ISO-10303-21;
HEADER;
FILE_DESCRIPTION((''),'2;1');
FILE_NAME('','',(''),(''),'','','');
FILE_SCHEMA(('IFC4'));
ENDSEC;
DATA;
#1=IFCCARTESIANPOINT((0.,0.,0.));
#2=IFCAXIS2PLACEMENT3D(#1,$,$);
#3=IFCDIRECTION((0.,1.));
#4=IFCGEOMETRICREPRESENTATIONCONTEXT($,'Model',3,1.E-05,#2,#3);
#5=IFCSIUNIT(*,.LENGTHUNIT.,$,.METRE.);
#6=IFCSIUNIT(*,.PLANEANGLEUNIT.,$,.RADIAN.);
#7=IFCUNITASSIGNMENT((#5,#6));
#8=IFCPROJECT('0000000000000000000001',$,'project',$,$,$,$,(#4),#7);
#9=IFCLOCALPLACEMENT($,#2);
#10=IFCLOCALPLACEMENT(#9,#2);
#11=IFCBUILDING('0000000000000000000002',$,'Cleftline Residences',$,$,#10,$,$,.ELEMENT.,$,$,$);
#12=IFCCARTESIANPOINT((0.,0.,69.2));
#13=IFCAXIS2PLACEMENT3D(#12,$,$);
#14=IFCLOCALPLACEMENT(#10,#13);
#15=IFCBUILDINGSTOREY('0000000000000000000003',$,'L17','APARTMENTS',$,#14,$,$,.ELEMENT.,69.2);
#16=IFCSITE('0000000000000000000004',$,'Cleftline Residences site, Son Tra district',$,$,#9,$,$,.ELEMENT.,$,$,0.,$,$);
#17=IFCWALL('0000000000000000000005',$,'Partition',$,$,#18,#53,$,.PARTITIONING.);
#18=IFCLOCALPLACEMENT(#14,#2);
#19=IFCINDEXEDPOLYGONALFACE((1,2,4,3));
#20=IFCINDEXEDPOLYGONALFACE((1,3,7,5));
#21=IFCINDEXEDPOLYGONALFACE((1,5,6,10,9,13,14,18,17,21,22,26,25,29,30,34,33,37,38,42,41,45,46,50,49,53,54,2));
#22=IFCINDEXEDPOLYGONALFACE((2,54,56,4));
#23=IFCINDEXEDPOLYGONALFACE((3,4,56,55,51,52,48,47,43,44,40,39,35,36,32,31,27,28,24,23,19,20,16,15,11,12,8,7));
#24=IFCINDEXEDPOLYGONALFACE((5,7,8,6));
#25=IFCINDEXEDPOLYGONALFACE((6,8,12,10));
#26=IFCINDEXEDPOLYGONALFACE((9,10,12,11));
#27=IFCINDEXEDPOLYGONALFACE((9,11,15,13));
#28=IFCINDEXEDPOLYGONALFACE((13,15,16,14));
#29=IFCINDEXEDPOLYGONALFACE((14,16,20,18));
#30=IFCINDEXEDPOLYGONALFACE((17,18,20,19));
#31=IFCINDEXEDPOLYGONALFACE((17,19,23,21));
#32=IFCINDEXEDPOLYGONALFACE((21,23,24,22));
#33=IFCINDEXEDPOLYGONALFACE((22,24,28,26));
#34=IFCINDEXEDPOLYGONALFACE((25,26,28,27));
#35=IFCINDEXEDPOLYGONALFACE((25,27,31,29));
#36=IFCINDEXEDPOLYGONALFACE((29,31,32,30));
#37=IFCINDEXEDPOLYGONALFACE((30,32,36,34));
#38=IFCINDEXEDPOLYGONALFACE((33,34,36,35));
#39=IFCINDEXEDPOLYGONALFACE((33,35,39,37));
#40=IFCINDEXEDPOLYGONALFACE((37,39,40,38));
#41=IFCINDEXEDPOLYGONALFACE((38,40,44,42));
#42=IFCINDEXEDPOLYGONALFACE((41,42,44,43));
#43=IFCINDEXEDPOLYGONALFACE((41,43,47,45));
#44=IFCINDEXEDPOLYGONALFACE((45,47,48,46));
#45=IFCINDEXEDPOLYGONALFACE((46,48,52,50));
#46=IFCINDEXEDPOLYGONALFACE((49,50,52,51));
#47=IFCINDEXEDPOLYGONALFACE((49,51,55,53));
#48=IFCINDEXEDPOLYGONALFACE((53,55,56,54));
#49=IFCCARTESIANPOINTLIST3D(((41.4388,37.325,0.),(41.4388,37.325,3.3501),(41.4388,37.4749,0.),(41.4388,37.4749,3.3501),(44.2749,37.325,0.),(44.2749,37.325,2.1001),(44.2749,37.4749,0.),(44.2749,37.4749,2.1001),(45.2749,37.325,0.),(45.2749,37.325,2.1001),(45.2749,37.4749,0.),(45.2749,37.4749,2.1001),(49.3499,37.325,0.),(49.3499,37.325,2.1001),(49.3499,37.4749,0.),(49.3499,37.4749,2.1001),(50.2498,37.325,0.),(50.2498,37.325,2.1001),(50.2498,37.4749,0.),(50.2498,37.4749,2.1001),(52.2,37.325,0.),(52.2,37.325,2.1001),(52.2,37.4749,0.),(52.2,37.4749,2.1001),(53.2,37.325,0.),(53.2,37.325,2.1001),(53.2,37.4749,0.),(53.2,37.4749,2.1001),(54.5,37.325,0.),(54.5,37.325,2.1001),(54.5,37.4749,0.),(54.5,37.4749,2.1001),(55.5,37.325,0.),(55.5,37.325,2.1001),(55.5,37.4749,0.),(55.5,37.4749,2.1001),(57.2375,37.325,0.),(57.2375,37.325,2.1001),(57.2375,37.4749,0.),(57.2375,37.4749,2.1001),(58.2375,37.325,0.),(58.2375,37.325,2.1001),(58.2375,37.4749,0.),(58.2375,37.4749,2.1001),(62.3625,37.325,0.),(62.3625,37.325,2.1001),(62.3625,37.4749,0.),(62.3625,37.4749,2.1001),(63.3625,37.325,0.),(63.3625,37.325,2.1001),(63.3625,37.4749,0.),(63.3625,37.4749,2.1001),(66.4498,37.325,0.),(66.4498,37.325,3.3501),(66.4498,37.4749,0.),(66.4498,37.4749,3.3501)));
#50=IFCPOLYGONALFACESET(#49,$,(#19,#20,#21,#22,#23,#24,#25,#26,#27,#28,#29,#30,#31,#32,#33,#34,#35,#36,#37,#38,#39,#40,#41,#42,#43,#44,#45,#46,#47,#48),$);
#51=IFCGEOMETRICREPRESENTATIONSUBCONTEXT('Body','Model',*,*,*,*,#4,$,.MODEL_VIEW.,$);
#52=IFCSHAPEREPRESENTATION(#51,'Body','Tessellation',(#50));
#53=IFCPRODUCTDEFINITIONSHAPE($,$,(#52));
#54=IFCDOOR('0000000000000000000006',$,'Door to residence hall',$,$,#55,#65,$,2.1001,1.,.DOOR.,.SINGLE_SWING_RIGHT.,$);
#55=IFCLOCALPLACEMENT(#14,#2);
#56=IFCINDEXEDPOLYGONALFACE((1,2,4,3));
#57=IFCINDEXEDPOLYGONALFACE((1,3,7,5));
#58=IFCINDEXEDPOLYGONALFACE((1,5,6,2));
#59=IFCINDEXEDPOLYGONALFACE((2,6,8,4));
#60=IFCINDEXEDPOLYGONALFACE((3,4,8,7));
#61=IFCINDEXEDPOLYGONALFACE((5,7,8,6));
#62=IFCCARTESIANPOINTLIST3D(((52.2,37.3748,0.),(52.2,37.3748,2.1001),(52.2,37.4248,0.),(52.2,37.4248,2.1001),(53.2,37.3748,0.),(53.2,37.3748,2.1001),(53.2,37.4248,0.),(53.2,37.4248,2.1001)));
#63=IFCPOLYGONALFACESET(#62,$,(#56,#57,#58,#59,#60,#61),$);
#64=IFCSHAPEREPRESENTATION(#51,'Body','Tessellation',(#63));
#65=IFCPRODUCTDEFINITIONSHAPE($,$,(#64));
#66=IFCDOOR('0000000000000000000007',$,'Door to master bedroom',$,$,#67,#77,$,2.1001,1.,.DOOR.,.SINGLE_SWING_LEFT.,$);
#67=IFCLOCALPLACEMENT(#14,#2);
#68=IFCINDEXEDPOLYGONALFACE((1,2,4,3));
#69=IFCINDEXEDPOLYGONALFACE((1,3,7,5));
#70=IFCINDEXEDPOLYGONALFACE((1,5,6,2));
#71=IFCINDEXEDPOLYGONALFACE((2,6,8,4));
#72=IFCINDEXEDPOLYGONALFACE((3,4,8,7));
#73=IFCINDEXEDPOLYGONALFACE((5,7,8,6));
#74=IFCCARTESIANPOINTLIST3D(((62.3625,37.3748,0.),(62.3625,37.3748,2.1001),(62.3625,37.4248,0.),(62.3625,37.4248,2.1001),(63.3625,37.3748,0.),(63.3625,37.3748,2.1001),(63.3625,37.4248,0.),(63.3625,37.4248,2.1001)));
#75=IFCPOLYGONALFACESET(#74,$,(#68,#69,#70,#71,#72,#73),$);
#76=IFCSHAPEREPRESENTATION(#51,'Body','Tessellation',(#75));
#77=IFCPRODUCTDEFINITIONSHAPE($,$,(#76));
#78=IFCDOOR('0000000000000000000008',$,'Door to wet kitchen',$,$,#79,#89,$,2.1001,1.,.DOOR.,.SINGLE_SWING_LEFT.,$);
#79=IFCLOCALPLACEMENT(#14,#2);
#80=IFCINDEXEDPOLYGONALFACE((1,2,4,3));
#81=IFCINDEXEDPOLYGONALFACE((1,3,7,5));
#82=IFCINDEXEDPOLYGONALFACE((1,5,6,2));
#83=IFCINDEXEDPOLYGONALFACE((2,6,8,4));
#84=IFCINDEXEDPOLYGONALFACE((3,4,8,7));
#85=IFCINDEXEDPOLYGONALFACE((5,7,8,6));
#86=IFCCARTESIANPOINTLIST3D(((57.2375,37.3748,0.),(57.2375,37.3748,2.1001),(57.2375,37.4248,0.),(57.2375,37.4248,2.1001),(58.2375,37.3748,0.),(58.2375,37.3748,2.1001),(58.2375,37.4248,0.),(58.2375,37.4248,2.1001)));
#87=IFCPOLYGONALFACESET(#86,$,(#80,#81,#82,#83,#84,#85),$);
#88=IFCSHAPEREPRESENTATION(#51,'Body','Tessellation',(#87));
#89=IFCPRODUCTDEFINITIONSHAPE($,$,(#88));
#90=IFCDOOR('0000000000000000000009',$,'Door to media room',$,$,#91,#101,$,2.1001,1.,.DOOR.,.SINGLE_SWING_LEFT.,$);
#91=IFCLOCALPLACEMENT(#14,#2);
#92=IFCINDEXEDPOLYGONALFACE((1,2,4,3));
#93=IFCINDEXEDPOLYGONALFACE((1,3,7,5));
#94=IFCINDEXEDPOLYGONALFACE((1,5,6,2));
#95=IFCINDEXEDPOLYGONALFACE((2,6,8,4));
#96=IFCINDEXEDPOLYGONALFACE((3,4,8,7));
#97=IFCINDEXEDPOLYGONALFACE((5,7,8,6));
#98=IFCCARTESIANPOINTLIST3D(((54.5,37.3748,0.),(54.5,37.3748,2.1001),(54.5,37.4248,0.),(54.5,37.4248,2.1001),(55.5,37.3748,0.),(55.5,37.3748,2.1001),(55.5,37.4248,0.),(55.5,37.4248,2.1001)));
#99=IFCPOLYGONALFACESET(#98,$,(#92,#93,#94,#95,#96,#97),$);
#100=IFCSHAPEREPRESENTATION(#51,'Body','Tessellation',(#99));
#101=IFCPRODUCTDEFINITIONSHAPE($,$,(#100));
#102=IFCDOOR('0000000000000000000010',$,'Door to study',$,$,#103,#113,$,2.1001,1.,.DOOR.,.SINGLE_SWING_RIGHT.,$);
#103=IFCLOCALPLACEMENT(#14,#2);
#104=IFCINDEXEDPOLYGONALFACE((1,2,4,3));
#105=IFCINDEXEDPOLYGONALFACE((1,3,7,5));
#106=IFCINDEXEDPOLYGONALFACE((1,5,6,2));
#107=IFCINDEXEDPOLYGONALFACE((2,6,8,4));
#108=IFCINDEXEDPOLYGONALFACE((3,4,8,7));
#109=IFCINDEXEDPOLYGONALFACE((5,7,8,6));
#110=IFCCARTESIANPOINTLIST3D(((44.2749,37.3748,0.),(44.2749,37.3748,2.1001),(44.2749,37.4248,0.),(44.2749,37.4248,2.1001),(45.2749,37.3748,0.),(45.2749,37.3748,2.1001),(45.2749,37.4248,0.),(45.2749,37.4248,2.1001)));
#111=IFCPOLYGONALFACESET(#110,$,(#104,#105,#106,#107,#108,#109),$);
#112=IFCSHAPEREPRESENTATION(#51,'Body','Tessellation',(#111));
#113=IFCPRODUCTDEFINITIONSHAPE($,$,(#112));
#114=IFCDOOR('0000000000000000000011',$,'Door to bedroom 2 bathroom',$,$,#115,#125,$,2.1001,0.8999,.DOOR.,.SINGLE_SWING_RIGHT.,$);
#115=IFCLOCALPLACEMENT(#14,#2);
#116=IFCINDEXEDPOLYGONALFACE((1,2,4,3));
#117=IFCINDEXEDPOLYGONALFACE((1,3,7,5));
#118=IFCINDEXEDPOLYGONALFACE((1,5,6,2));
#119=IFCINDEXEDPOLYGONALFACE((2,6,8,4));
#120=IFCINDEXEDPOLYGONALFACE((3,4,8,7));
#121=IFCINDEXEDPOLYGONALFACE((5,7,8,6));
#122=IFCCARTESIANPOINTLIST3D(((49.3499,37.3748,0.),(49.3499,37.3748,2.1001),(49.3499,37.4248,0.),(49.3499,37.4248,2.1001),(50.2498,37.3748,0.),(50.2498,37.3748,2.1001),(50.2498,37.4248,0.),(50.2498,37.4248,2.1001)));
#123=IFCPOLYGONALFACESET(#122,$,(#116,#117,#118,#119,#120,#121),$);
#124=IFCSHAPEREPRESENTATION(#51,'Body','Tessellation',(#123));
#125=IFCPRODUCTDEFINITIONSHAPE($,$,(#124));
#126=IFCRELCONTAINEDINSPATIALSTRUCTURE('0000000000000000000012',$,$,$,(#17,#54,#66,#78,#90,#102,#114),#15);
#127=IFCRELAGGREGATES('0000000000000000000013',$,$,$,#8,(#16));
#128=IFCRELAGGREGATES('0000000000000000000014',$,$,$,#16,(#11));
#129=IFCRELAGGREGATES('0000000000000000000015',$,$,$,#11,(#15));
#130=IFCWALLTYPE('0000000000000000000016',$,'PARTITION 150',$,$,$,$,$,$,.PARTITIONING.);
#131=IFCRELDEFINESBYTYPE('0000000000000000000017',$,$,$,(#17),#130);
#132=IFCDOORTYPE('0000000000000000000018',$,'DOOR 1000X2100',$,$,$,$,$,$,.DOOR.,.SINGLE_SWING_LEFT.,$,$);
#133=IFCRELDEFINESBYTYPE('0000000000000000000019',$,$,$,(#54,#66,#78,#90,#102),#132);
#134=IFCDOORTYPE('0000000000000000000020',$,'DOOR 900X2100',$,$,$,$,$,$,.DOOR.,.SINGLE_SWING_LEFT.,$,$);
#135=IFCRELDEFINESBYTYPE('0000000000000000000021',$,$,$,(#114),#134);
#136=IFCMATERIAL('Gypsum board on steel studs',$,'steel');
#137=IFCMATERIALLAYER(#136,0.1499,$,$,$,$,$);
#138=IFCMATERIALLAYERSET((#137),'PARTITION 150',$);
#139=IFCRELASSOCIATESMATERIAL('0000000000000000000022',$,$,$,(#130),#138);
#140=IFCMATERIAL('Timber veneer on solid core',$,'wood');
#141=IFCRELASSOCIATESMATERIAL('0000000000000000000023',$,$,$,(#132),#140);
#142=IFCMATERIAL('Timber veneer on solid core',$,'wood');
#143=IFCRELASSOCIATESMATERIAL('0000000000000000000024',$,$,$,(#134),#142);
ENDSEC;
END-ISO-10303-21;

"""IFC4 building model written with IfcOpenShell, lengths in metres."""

from ifc_helpers import new_model, si_unit, direction, frame, frame_2d, origin, place, context, subcontext, project, spatial, rectangle, extrude, material, layer, layer_set, type_object, element, fill, save


model = new_model("IFC4")

# Units and contexts
model_context = context("Model", 3, precision=1e-05, world=origin(), true_north=direction((0.0, 1.0)))
body_context = subcontext(model_context, "Body", "Model", "MODEL_VIEW")
ifc_project = project(units=[si_unit("LENGTHUNIT", "METRE"), si_unit("PLANEANGLEUNIT", "RADIAN")], contexts=[model_context])

# Site, building, storey
site_placement = place(None, origin())
site = spatial("IfcSite", under=ifc_project, at=site_placement, Name="Cleftline Residences site, Son Tra district", CompositionType="ELEMENT", RefElevation=0.0)
building_placement = place(site_placement, origin())
building = spatial("IfcBuilding", under=site, at=building_placement, Name="Cleftline Residences", CompositionType="ELEMENT")
storey_placement = place(building_placement, frame((0.0, 0.0, 69.2)))
storey = spatial("IfcBuildingStorey", under=building, at=storey_placement, Name="L17", Description="APARTMENTS", CompositionType="ELEMENT", Elevation=69.2)

# Wall, openings, doors
ifc_material_1 = material(Name="Gypsum board on steel studs", Category="steel")
ifc_layer_1 = layer(ifc_material_1, 0.1499)
ifc_layer_set_1 = layer_set([ifc_layer_1], Name="PARTITION 150")
wall_type = type_object("IfcWallType", Name="PARTITION 150", PredefinedType="PARTITIONING", material=ifc_layer_set_1)
wall_1_placement = place(storey_placement, frame((41.439, 37.3999, 0.0), z_axis=(0.0, 0.0, 1.0), x_axis=(1.0, 0.0, 0.0)))
wall_1 = element("IfcWall", 1, at=wall_1_placement, inside=storey, type_object=wall_type, Name="Partition", PredefinedType="PARTITIONING", context=body_context, shape_type="SweptSolid", body=[
    extrude(rectangle(XDim=25.011, YDim=0.1499, at=frame_2d((12.5054, 0.0))), origin(), (0.0, 0.0, 1.0), 3.3501),
])
opening_1_placement = place(wall_1_placement, frame((10.761, 0.0, 0.0)))
opening_1 = element("IfcOpeningElement", 2, at=opening_1_placement, cuts=wall_1, PredefinedType="OPENING", context=body_context, shape_type="SweptSolid", body=[
    extrude(rectangle(XDim=1.0, YDim=2.1001, at=frame_2d((0.5, 1.05))), frame((0.0, 0.085, 0.0), z_axis=(0.0, -1.0, 0.0), x_axis=(1.0, 0.0, 0.0)), (0.0, 0.0, 1.0), 0.1699),
])
opening_2_placement = place(wall_1_placement, frame((20.9236, 0.0, 0.0)))
opening_2 = element("IfcOpeningElement", 3, at=opening_2_placement, cuts=wall_1, PredefinedType="OPENING", context=body_context, shape_type="SweptSolid", body=[
    extrude(rectangle(XDim=1.0, YDim=2.1001, at=frame_2d((0.5, 1.05))), frame((0.0, 0.085, 0.0), z_axis=(0.0, -1.0, 0.0), x_axis=(1.0, 0.0, 0.0)), (0.0, 0.0, 1.0), 0.1699),
])
opening_3_placement = place(wall_1_placement, frame((15.7986, 0.0, 0.0)))
opening_3 = element("IfcOpeningElement", 4, at=opening_3_placement, cuts=wall_1, PredefinedType="OPENING", context=body_context, shape_type="SweptSolid", body=[
    extrude(rectangle(XDim=1.0, YDim=2.1001, at=frame_2d((0.5, 1.05))), frame((0.0, 0.085, 0.0), z_axis=(0.0, -1.0, 0.0), x_axis=(1.0, 0.0, 0.0)), (0.0, 0.0, 1.0), 0.1699),
])
opening_4_placement = place(wall_1_placement, frame((13.061, 0.0, 0.0)))
opening_4 = element("IfcOpeningElement", 5, at=opening_4_placement, cuts=wall_1, PredefinedType="OPENING", context=body_context, shape_type="SweptSolid", body=[
    extrude(rectangle(XDim=1.0, YDim=2.1001, at=frame_2d((0.5, 1.05))), frame((0.0, 0.085, 0.0), z_axis=(0.0, -1.0, 0.0), x_axis=(1.0, 0.0, 0.0)), (0.0, 0.0, 1.0), 0.1699),
])
opening_5_placement = place(wall_1_placement, frame((7.9109, 0.0, 0.0)))
opening_5 = element("IfcOpeningElement", 6, at=opening_5_placement, cuts=wall_1, PredefinedType="OPENING", context=body_context, shape_type="SweptSolid", body=[
    extrude(rectangle(XDim=0.8999, YDim=2.1001, at=frame_2d((0.45, 1.05))), frame((0.0, 0.085, 0.0), z_axis=(0.0, -1.0, 0.0), x_axis=(1.0, 0.0, 0.0)), (0.0, 0.0, 1.0), 0.1699),
])
opening_6_placement = place(wall_1_placement, frame((2.8359, 0.0, 0.0)))
opening_6 = element("IfcOpeningElement", 7, at=opening_6_placement, cuts=wall_1, PredefinedType="OPENING", context=body_context, shape_type="SweptSolid", body=[
    extrude(rectangle(XDim=1.0, YDim=2.1001, at=frame_2d((0.5, 1.05))), frame((0.0, 0.085, 0.0), z_axis=(0.0, -1.0, 0.0), x_axis=(1.0, 0.0, 0.0)), (0.0, 0.0, 1.0), 0.1699),
])
ifc_material_2 = material(Name="Timber veneer on solid core", Category="wood")
door_type_1 = type_object("IfcDoorType", Name="DOOR 1000X2100", OperationType="SINGLE_SWING_LEFT", PredefinedType="DOOR", material=ifc_material_2)
door_1_placement = place(opening_1_placement, origin())
door_1 = element("IfcDoor", 8, at=door_1_placement, inside=storey, type_object=door_type_1, Name="Door to residence hall", OperationType="SINGLE_SWING_RIGHT", OverallHeight=2.1001, OverallWidth=1.0, PredefinedType="DOOR", context=body_context, shape_type="SweptSolid", body=[
    extrude(rectangle(XDim=1.0, YDim=2.1001, at=frame_2d((0.5, 1.05))), frame((0.0, 0.0249, 0.0), z_axis=(0.0, -1.0, 0.0), x_axis=(1.0, 0.0, 0.0)), (0.0, 0.0, 1.0), 0.05),
])
fill(opening_1, door_1)
door_2_placement = place(opening_2_placement, origin())
door_2 = element("IfcDoor", 9, at=door_2_placement, inside=storey, type_object=door_type_1, Name="Door to master bedroom", OperationType="SINGLE_SWING_LEFT", OverallHeight=2.1001, OverallWidth=1.0, PredefinedType="DOOR", context=body_context, shape_type="SweptSolid", body=[
    extrude(rectangle(XDim=1.0, YDim=2.1001, at=frame_2d((0.5, 1.05))), frame((0.0, 0.0249, 0.0), z_axis=(0.0, -1.0, 0.0), x_axis=(1.0, 0.0, 0.0)), (0.0, 0.0, 1.0), 0.05),
])
fill(opening_2, door_2)
door_3_placement = place(opening_3_placement, origin())
door_3 = element("IfcDoor", 10, at=door_3_placement, inside=storey, type_object=door_type_1, Name="Door to wet kitchen", OperationType="SINGLE_SWING_LEFT", OverallHeight=2.1001, OverallWidth=1.0, PredefinedType="DOOR", context=body_context, shape_type="SweptSolid", body=[
    extrude(rectangle(XDim=1.0, YDim=2.1001, at=frame_2d((0.5, 1.05))), frame((0.0, 0.0249, 0.0), z_axis=(0.0, -1.0, 0.0), x_axis=(1.0, 0.0, 0.0)), (0.0, 0.0, 1.0), 0.05),
])
fill(opening_3, door_3)
door_4_placement = place(opening_4_placement, origin())
door_4 = element("IfcDoor", 11, at=door_4_placement, inside=storey, type_object=door_type_1, Name="Door to media room", OperationType="SINGLE_SWING_LEFT", OverallHeight=2.1001, OverallWidth=1.0, PredefinedType="DOOR", context=body_context, shape_type="SweptSolid", body=[
    extrude(rectangle(XDim=1.0, YDim=2.1001, at=frame_2d((0.5, 1.05))), frame((0.0, 0.0249, 0.0), z_axis=(0.0, -1.0, 0.0), x_axis=(1.0, 0.0, 0.0)), (0.0, 0.0, 1.0), 0.05),
])
fill(opening_4, door_4)
door_5_placement = place(opening_6_placement, origin())
door_5 = element("IfcDoor", 12, at=door_5_placement, inside=storey, type_object=door_type_1, Name="Door to study", OperationType="SINGLE_SWING_RIGHT", OverallHeight=2.1001, OverallWidth=1.0, PredefinedType="DOOR", context=body_context, shape_type="SweptSolid", body=[
    extrude(rectangle(XDim=1.0, YDim=2.1001, at=frame_2d((0.5, 1.05))), frame((0.0, 0.0249, 0.0), z_axis=(0.0, -1.0, 0.0), x_axis=(1.0, 0.0, 0.0)), (0.0, 0.0, 1.0), 0.05),
])
fill(opening_6, door_5)
ifc_material_3 = material(Name="Timber veneer on solid core", Category="wood")
door_type_2 = type_object("IfcDoorType", Name="DOOR 900X2100", OperationType="SINGLE_SWING_LEFT", PredefinedType="DOOR", material=ifc_material_3)
door_6_placement = place(opening_5_placement, origin())
door_6 = element("IfcDoor", 13, at=door_6_placement, inside=storey, type_object=door_type_2, Name="Door to bedroom 2 bathroom", OperationType="SINGLE_SWING_RIGHT", OverallHeight=2.1001, OverallWidth=0.8999, PredefinedType="DOOR", context=body_context, shape_type="SweptSolid", body=[
    extrude(rectangle(XDim=0.8999, YDim=2.1001, at=frame_2d((0.45, 1.05))), frame((0.0, 0.0249, 0.0), z_axis=(0.0, -1.0, 0.0), x_axis=(1.0, 0.0, 0.0)), (0.0, 0.0, 1.0), 0.05),
])
fill(opening_5, door_6)

save(model, "model.ifc")
